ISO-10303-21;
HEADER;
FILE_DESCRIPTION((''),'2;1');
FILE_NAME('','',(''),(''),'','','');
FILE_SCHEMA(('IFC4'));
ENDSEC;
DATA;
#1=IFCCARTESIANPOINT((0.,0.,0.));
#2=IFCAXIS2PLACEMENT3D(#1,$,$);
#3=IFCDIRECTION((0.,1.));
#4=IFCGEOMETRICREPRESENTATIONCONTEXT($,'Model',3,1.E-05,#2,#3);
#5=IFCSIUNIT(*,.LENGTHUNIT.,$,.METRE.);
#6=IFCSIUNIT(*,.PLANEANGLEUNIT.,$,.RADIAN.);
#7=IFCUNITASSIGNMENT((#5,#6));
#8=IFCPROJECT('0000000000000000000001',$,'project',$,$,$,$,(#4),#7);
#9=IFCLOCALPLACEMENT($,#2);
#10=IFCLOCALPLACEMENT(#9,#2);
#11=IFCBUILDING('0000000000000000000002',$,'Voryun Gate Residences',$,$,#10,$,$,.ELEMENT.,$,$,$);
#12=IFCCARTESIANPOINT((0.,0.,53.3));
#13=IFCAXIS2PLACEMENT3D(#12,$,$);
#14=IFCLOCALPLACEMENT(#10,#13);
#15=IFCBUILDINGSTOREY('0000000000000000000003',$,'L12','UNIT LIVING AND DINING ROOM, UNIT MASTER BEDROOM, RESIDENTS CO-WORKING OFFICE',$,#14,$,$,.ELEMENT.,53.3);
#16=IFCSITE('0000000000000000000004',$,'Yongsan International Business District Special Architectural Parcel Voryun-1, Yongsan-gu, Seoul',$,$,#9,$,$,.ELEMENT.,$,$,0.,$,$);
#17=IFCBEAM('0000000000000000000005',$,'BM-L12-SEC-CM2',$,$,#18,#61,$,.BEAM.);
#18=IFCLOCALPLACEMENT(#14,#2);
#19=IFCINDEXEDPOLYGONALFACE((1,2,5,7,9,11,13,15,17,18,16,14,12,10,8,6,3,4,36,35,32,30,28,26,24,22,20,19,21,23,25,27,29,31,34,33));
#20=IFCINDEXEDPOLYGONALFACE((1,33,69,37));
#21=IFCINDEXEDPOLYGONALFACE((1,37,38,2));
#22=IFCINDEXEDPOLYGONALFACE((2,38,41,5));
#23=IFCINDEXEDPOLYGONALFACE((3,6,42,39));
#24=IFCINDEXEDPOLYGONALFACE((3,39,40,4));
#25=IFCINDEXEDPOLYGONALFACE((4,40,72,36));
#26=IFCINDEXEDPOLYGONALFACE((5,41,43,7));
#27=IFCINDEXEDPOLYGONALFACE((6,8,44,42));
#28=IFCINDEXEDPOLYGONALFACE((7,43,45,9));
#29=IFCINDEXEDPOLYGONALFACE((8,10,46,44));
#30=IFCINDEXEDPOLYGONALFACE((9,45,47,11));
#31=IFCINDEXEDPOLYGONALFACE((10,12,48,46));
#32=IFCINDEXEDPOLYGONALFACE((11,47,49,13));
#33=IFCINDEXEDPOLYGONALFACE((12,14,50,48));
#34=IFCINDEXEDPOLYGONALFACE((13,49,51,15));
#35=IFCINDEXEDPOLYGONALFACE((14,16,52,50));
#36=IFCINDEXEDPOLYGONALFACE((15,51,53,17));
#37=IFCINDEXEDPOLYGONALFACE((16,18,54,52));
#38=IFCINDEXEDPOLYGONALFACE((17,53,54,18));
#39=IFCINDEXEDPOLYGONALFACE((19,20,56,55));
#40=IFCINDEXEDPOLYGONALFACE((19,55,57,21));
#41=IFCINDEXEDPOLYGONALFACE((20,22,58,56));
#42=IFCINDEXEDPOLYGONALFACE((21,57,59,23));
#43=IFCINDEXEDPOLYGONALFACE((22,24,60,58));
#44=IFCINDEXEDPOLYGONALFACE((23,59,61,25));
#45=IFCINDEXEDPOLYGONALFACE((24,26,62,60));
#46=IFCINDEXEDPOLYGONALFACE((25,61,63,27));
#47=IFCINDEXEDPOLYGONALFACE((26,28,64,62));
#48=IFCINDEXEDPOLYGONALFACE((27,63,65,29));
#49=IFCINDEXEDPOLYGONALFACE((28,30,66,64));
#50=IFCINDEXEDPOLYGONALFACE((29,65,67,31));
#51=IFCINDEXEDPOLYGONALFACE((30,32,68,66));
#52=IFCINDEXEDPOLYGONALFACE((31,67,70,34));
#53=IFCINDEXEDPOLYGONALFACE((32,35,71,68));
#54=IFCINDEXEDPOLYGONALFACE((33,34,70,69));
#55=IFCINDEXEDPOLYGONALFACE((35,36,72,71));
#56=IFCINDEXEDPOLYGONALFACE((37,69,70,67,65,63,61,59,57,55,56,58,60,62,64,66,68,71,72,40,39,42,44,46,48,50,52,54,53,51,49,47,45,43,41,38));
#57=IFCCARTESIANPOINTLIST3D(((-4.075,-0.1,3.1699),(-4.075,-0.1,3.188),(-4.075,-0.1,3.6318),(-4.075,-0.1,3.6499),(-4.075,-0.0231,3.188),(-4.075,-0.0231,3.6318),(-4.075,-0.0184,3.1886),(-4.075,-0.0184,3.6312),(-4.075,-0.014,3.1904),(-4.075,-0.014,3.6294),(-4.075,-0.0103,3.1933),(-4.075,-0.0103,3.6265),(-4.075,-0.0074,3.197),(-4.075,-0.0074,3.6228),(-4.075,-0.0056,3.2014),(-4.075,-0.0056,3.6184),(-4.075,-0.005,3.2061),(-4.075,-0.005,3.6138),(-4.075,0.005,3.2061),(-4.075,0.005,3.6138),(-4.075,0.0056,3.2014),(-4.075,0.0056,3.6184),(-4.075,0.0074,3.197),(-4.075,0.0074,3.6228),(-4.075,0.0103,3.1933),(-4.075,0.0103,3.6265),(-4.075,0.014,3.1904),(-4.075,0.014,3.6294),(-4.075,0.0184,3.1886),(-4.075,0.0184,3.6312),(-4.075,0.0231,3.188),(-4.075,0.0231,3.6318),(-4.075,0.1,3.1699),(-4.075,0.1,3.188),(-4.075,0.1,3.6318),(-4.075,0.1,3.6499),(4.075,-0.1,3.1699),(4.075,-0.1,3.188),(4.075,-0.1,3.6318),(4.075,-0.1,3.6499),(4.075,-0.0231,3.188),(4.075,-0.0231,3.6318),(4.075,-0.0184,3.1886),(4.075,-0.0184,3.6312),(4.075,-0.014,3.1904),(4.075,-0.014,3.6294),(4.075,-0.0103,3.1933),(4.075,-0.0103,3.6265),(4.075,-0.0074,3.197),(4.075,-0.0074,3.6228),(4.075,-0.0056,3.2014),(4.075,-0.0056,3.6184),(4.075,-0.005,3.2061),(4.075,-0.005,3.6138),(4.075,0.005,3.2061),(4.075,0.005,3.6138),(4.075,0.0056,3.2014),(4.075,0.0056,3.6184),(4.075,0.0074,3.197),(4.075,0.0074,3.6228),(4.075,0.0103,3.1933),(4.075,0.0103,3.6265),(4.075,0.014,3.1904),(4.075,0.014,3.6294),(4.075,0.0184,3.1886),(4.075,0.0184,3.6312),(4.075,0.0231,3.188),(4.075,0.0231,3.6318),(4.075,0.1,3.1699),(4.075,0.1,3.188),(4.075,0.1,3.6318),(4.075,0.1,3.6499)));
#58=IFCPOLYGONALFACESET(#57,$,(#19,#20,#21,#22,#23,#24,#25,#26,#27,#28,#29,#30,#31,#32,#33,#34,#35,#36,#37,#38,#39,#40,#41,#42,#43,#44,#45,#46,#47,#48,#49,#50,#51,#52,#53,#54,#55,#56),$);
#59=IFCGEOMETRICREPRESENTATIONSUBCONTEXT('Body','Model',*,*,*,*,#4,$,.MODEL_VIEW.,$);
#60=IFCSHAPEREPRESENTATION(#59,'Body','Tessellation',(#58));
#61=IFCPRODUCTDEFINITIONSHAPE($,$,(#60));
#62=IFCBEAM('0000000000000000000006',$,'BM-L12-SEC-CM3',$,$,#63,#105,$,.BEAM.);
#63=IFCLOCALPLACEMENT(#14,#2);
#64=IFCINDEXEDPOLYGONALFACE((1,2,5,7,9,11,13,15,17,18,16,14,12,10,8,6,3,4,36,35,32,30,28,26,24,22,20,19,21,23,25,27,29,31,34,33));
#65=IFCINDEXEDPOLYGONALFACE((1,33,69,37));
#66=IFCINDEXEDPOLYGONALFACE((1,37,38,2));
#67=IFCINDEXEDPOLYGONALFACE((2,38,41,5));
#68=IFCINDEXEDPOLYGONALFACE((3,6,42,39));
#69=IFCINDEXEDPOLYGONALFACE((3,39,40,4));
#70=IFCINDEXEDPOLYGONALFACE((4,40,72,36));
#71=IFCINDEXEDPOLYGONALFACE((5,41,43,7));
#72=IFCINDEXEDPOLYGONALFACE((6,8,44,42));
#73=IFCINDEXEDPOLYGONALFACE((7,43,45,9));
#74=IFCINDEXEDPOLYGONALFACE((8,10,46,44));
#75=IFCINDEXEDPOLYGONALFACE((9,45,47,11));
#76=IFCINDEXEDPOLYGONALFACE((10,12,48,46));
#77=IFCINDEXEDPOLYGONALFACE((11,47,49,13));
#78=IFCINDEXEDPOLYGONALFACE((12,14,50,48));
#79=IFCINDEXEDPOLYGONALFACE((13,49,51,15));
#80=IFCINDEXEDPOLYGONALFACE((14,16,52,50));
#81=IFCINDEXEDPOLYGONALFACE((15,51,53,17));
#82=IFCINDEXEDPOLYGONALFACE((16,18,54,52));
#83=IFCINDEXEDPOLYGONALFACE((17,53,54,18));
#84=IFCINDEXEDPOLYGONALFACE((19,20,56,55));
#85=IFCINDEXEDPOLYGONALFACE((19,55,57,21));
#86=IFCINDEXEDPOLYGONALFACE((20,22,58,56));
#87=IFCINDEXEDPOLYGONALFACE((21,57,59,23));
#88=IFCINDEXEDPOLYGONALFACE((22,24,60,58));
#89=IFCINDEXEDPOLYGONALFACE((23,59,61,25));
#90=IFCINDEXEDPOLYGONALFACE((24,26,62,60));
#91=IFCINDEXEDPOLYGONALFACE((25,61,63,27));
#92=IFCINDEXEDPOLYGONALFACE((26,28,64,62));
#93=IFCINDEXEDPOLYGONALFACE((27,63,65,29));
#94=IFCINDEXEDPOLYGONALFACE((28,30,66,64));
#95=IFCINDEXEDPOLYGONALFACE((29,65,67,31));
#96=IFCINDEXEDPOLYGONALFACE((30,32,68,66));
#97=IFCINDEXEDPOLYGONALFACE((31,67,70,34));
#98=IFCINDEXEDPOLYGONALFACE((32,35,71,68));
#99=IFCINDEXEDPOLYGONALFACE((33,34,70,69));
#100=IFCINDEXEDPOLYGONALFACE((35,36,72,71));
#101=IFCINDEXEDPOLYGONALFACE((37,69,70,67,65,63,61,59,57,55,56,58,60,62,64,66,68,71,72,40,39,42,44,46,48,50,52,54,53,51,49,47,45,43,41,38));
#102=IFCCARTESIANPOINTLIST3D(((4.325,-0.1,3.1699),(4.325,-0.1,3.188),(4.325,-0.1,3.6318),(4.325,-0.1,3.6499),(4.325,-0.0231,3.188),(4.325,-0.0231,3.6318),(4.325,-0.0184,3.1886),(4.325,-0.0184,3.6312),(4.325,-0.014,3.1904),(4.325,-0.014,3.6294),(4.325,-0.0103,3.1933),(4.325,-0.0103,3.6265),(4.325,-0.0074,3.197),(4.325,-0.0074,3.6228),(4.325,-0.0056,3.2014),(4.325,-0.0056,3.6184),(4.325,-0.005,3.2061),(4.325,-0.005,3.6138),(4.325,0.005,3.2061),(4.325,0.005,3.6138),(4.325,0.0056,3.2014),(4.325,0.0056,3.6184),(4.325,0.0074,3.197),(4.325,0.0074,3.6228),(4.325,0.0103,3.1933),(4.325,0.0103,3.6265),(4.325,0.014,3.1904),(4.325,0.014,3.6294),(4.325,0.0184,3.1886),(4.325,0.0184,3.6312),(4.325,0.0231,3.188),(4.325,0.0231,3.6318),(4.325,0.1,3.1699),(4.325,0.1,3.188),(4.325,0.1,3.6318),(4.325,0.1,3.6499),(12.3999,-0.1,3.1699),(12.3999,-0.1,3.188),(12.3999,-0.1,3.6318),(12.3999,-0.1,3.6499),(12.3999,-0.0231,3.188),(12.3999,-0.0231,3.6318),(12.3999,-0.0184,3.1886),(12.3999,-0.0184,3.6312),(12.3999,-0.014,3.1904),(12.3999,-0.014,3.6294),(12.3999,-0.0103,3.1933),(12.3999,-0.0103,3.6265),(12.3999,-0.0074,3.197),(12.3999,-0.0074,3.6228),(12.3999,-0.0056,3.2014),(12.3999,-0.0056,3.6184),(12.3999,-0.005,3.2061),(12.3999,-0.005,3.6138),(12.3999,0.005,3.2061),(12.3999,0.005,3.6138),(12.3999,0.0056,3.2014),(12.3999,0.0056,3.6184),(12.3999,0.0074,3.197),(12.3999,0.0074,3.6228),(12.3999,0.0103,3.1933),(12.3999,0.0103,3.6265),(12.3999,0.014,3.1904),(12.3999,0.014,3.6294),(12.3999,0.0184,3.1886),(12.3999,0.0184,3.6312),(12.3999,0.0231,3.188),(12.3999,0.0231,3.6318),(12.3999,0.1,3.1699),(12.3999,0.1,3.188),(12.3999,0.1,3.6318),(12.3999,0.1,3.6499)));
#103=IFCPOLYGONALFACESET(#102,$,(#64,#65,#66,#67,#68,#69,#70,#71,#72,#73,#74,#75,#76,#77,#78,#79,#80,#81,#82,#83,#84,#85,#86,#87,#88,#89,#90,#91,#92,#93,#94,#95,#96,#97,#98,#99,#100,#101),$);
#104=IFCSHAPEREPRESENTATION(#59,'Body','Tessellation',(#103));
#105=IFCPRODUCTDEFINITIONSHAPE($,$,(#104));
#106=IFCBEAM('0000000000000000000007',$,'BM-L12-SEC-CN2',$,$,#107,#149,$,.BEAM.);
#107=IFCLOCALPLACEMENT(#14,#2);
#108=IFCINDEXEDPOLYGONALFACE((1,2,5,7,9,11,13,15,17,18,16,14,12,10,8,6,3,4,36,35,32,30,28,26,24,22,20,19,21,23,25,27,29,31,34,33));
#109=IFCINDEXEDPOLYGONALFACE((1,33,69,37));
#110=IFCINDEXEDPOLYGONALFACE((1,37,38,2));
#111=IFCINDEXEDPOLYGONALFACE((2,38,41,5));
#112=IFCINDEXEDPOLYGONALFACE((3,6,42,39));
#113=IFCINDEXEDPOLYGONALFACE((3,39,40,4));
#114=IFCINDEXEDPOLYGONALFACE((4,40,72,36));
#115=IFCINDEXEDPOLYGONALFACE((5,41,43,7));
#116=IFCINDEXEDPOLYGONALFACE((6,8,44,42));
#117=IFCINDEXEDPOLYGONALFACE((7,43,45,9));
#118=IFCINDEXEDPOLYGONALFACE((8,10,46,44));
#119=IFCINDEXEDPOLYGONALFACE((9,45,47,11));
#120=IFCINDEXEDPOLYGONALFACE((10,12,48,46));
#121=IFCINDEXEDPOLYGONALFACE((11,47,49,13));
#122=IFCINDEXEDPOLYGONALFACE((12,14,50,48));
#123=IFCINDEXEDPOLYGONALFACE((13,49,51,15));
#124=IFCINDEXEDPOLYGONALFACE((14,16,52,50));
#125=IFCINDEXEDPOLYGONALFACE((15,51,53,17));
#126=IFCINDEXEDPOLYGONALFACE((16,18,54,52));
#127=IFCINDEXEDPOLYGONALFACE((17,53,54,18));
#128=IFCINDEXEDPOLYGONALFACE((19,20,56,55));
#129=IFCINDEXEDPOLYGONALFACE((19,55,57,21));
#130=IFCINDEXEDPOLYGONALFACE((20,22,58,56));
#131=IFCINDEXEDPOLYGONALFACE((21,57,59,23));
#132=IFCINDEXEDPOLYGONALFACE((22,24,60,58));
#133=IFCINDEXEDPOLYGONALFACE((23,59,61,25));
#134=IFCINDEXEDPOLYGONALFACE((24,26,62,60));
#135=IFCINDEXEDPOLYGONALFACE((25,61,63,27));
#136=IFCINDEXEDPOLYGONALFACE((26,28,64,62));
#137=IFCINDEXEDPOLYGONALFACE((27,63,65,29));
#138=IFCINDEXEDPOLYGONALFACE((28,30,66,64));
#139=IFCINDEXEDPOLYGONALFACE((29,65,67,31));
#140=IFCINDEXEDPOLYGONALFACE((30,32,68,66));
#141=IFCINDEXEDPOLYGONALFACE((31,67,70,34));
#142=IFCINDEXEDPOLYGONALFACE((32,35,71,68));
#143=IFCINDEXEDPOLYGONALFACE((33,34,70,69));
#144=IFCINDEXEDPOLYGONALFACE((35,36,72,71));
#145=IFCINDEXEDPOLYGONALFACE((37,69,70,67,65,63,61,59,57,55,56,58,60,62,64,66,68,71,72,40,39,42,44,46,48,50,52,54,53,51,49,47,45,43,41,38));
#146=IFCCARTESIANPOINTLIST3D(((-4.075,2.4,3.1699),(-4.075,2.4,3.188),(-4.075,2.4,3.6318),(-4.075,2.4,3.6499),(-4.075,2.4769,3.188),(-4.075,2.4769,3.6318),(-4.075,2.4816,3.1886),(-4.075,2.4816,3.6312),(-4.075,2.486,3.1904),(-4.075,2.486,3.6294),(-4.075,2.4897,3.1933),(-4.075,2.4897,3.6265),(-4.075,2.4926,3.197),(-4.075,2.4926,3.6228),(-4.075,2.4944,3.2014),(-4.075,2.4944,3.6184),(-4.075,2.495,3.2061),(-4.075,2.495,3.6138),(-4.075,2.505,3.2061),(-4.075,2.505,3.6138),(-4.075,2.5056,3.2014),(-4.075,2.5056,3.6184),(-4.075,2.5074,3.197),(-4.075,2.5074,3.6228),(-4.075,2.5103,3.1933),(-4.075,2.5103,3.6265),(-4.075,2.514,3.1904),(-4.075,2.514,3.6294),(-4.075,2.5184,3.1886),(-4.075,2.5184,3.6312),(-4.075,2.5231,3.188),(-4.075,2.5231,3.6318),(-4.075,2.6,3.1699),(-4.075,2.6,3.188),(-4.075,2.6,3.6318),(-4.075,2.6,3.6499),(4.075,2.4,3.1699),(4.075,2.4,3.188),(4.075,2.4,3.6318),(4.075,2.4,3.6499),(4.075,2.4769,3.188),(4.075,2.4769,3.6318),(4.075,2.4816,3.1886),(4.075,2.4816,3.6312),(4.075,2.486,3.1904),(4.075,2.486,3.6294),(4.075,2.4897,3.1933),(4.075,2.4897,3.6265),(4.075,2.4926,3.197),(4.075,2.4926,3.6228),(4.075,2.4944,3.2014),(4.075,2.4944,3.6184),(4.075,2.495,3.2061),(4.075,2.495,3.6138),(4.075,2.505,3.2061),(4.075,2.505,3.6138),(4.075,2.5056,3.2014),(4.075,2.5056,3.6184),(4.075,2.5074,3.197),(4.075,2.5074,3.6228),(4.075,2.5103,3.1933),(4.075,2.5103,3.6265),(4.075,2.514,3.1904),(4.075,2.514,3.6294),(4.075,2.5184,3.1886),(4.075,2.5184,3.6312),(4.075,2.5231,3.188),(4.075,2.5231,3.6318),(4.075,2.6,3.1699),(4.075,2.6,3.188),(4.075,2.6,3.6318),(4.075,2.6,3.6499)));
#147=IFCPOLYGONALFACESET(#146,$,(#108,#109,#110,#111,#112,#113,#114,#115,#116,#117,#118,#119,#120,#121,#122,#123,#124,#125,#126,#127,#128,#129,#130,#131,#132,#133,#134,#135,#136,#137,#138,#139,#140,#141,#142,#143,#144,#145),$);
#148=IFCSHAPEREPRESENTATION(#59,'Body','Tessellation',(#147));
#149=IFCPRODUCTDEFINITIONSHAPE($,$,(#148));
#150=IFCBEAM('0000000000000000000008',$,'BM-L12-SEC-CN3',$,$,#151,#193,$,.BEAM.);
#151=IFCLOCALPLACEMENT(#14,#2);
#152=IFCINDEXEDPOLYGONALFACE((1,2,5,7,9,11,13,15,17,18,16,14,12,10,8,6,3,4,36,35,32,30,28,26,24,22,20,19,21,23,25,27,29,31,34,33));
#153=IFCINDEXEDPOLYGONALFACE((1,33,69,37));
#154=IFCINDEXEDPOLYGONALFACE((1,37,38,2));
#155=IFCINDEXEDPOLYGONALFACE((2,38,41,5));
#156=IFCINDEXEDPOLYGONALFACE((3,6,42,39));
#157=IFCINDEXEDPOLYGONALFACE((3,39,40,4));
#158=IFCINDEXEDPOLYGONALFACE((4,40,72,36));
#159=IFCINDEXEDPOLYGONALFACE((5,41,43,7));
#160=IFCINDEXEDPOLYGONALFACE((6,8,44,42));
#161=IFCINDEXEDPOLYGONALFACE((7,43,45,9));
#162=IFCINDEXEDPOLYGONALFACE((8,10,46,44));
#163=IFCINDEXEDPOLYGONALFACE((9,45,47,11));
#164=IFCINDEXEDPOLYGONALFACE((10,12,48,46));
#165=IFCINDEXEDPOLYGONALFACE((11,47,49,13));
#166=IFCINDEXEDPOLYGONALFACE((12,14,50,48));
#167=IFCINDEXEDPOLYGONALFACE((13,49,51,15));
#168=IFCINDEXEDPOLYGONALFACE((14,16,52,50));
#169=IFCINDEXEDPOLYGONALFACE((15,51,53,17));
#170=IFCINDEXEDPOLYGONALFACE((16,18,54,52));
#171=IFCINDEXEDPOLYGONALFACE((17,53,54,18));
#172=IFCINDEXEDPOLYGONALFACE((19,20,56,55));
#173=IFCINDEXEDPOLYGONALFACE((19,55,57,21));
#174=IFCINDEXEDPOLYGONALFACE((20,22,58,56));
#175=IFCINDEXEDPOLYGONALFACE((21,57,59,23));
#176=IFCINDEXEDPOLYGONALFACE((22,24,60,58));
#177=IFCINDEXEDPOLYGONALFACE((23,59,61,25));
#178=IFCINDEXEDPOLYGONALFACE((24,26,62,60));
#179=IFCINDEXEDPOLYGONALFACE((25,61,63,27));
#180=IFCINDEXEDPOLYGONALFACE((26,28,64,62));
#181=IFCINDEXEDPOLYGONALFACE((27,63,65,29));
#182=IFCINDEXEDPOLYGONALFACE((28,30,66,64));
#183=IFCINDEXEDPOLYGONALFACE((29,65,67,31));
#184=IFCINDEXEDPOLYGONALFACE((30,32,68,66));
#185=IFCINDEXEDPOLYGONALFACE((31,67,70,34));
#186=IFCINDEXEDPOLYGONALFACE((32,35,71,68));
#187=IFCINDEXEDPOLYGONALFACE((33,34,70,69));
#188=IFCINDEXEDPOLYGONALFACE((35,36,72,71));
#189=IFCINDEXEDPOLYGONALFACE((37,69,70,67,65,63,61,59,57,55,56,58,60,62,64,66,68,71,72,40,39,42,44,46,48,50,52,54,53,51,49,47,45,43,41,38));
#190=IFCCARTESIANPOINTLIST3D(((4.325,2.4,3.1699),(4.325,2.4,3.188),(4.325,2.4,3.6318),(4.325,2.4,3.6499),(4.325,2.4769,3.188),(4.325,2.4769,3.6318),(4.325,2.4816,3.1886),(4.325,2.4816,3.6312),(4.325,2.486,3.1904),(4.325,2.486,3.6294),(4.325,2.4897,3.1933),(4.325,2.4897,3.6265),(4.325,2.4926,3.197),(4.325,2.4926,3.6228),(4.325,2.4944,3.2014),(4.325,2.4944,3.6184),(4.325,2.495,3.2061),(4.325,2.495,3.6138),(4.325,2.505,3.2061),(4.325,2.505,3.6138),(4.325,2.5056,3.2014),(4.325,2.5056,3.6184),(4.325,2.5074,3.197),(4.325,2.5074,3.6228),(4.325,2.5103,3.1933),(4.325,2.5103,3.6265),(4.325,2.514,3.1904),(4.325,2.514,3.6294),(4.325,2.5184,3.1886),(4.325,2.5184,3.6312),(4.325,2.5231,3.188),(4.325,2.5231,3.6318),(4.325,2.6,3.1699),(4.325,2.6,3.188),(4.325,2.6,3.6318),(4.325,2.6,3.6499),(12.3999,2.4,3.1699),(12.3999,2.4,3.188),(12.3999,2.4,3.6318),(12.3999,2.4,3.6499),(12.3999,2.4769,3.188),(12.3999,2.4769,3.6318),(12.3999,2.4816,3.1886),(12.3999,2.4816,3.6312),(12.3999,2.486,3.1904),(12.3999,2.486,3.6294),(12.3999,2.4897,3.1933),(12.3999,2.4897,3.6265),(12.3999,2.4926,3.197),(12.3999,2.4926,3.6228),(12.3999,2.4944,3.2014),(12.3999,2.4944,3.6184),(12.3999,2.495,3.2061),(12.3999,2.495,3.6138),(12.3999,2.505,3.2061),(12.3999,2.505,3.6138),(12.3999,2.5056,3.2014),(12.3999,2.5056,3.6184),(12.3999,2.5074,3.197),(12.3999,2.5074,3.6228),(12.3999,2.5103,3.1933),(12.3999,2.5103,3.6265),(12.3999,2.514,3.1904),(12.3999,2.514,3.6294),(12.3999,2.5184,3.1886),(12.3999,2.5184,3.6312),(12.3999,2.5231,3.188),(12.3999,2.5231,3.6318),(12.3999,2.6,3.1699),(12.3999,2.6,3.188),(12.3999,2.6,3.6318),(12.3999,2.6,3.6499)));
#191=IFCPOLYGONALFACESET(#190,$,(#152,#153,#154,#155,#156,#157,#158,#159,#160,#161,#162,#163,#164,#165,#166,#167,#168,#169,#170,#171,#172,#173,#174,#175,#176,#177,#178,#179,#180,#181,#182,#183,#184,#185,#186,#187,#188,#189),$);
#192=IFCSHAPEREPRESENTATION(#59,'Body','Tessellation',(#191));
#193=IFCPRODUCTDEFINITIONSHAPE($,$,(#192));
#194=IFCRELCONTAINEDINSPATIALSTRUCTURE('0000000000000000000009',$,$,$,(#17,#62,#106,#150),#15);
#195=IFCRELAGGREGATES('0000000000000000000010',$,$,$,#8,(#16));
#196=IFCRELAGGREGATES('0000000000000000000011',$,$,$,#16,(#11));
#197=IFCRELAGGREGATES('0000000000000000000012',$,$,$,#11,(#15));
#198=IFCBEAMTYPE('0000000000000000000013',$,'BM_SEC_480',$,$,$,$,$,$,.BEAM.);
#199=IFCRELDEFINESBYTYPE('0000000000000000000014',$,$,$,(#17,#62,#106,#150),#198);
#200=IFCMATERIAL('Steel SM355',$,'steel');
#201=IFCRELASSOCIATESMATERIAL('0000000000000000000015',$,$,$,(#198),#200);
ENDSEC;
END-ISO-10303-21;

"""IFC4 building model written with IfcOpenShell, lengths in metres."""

from ifc_helpers import new_model, si_unit, direction, frame, origin, origin_2d, place, context, subcontext, project, spatial, i_section, extrude, material, material_profile, profile_set, type_object, element, save


model = new_model("IFC4")

# Units and contexts
model_context = context("Model", 3, precision=1e-05, world=origin(), true_north=direction((0.0, 1.0)))
body_context = subcontext(model_context, "Body", "Model", "MODEL_VIEW")
ifc_project = project(units=[si_unit("LENGTHUNIT", "METRE"), si_unit("PLANEANGLEUNIT", "RADIAN")], contexts=[model_context])

# Site, building, storey
site_placement = place(None, origin())
site = spatial("IfcSite", under=ifc_project, at=site_placement, Name="Yongsan International Business District Special Architectural Parcel Voryun-1, Yongsan-gu, Seoul", CompositionType="ELEMENT", RefElevation=0.0)
building_placement = place(site_placement, origin())
building = spatial("IfcBuilding", under=site, at=building_placement, Name="Voryun Gate Residences", CompositionType="ELEMENT")
storey_placement = place(building_placement, frame((0.0, 0.0, 53.3)))
storey = spatial("IfcBuildingStorey", under=building, at=storey_placement, Name="L12", Description="UNIT LIVING AND DINING ROOM, UNIT MASTER BEDROOM, RESIDENTS CO-WORKING OFFICE", CompositionType="ELEMENT", Elevation=53.3)

# Beams
ifc_material_1 = material(Name="Steel SM355", Category="steel")
ifc_material_profile_1 = material_profile(ifc_material_1, i_section(OverallWidth=0.2, OverallDepth=0.48, WebThickness=0.01, FlangeThickness=0.0181, FilletRadius=0.0181, at=origin_2d()), Name="H-480x200x10x18")
ifc_profile_set_1 = profile_set([ifc_material_profile_1], Name="Steel SM355")
beam_type_1 = type_object("IfcBeamType", Name="BM_SEC_480", PredefinedType="BEAM", material=ifc_profile_set_1)
beam_1_placement = place(storey_placement, frame((-4.075, 0.0, 3.4099), z_axis=(1.0, 0.0, 0.0), x_axis=(0.0, 1.0, 0.0)))
element("IfcBeam", 1, at=beam_1_placement, inside=storey, type_object=beam_type_1, Name="BM-L12-SEC-CM2", PredefinedType="BEAM", context=body_context, shape_type="SweptSolid", body=[
    extrude(i_section(OverallWidth=0.2, OverallDepth=0.48, WebThickness=0.01, FlangeThickness=0.0181, FilletRadius=0.0181, at=origin_2d()), origin(), (0.0, 0.0, 1.0), 8.1499),
])
beam_2_placement = place(storey_placement, frame((4.325, 0.0, 3.4099), z_axis=(1.0, 0.0, 0.0), x_axis=(0.0, 1.0, 0.0)))
element("IfcBeam", 2, at=beam_2_placement, inside=storey, type_object=beam_type_1, Name="BM-L12-SEC-CM3", PredefinedType="BEAM", context=body_context, shape_type="SweptSolid", body=[
    extrude(i_section(OverallWidth=0.2, OverallDepth=0.48, WebThickness=0.01, FlangeThickness=0.0181, FilletRadius=0.0181, at=origin_2d()), origin(), (0.0, 0.0, 1.0), 8.075),
])
beam_3_placement = place(storey_placement, frame((-4.075, 2.5, 3.4099), z_axis=(1.0, 0.0, 0.0), x_axis=(0.0, 1.0, 0.0)))
element("IfcBeam", 3, at=beam_3_placement, inside=storey, type_object=beam_type_1, Name="BM-L12-SEC-CN2", PredefinedType="BEAM", context=body_context, shape_type="SweptSolid", body=[
    extrude(i_section(OverallWidth=0.2, OverallDepth=0.48, WebThickness=0.01, FlangeThickness=0.0181, FilletRadius=0.0181, at=origin_2d()), origin(), (0.0, 0.0, 1.0), 8.1499),
])
beam_4_placement = place(storey_placement, frame((4.325, 2.5, 3.4099), z_axis=(1.0, 0.0, 0.0), x_axis=(0.0, 1.0, 0.0)))
element("IfcBeam", 4, at=beam_4_placement, inside=storey, type_object=beam_type_1, Name="BM-L12-SEC-CN3", PredefinedType="BEAM", context=body_context, shape_type="SweptSolid", body=[
    extrude(i_section(OverallWidth=0.2, OverallDepth=0.48, WebThickness=0.01, FlangeThickness=0.0181, FilletRadius=0.0181, at=origin_2d()), origin(), (0.0, 0.0, 1.0), 8.075),
])

save(model, "model.ifc")
